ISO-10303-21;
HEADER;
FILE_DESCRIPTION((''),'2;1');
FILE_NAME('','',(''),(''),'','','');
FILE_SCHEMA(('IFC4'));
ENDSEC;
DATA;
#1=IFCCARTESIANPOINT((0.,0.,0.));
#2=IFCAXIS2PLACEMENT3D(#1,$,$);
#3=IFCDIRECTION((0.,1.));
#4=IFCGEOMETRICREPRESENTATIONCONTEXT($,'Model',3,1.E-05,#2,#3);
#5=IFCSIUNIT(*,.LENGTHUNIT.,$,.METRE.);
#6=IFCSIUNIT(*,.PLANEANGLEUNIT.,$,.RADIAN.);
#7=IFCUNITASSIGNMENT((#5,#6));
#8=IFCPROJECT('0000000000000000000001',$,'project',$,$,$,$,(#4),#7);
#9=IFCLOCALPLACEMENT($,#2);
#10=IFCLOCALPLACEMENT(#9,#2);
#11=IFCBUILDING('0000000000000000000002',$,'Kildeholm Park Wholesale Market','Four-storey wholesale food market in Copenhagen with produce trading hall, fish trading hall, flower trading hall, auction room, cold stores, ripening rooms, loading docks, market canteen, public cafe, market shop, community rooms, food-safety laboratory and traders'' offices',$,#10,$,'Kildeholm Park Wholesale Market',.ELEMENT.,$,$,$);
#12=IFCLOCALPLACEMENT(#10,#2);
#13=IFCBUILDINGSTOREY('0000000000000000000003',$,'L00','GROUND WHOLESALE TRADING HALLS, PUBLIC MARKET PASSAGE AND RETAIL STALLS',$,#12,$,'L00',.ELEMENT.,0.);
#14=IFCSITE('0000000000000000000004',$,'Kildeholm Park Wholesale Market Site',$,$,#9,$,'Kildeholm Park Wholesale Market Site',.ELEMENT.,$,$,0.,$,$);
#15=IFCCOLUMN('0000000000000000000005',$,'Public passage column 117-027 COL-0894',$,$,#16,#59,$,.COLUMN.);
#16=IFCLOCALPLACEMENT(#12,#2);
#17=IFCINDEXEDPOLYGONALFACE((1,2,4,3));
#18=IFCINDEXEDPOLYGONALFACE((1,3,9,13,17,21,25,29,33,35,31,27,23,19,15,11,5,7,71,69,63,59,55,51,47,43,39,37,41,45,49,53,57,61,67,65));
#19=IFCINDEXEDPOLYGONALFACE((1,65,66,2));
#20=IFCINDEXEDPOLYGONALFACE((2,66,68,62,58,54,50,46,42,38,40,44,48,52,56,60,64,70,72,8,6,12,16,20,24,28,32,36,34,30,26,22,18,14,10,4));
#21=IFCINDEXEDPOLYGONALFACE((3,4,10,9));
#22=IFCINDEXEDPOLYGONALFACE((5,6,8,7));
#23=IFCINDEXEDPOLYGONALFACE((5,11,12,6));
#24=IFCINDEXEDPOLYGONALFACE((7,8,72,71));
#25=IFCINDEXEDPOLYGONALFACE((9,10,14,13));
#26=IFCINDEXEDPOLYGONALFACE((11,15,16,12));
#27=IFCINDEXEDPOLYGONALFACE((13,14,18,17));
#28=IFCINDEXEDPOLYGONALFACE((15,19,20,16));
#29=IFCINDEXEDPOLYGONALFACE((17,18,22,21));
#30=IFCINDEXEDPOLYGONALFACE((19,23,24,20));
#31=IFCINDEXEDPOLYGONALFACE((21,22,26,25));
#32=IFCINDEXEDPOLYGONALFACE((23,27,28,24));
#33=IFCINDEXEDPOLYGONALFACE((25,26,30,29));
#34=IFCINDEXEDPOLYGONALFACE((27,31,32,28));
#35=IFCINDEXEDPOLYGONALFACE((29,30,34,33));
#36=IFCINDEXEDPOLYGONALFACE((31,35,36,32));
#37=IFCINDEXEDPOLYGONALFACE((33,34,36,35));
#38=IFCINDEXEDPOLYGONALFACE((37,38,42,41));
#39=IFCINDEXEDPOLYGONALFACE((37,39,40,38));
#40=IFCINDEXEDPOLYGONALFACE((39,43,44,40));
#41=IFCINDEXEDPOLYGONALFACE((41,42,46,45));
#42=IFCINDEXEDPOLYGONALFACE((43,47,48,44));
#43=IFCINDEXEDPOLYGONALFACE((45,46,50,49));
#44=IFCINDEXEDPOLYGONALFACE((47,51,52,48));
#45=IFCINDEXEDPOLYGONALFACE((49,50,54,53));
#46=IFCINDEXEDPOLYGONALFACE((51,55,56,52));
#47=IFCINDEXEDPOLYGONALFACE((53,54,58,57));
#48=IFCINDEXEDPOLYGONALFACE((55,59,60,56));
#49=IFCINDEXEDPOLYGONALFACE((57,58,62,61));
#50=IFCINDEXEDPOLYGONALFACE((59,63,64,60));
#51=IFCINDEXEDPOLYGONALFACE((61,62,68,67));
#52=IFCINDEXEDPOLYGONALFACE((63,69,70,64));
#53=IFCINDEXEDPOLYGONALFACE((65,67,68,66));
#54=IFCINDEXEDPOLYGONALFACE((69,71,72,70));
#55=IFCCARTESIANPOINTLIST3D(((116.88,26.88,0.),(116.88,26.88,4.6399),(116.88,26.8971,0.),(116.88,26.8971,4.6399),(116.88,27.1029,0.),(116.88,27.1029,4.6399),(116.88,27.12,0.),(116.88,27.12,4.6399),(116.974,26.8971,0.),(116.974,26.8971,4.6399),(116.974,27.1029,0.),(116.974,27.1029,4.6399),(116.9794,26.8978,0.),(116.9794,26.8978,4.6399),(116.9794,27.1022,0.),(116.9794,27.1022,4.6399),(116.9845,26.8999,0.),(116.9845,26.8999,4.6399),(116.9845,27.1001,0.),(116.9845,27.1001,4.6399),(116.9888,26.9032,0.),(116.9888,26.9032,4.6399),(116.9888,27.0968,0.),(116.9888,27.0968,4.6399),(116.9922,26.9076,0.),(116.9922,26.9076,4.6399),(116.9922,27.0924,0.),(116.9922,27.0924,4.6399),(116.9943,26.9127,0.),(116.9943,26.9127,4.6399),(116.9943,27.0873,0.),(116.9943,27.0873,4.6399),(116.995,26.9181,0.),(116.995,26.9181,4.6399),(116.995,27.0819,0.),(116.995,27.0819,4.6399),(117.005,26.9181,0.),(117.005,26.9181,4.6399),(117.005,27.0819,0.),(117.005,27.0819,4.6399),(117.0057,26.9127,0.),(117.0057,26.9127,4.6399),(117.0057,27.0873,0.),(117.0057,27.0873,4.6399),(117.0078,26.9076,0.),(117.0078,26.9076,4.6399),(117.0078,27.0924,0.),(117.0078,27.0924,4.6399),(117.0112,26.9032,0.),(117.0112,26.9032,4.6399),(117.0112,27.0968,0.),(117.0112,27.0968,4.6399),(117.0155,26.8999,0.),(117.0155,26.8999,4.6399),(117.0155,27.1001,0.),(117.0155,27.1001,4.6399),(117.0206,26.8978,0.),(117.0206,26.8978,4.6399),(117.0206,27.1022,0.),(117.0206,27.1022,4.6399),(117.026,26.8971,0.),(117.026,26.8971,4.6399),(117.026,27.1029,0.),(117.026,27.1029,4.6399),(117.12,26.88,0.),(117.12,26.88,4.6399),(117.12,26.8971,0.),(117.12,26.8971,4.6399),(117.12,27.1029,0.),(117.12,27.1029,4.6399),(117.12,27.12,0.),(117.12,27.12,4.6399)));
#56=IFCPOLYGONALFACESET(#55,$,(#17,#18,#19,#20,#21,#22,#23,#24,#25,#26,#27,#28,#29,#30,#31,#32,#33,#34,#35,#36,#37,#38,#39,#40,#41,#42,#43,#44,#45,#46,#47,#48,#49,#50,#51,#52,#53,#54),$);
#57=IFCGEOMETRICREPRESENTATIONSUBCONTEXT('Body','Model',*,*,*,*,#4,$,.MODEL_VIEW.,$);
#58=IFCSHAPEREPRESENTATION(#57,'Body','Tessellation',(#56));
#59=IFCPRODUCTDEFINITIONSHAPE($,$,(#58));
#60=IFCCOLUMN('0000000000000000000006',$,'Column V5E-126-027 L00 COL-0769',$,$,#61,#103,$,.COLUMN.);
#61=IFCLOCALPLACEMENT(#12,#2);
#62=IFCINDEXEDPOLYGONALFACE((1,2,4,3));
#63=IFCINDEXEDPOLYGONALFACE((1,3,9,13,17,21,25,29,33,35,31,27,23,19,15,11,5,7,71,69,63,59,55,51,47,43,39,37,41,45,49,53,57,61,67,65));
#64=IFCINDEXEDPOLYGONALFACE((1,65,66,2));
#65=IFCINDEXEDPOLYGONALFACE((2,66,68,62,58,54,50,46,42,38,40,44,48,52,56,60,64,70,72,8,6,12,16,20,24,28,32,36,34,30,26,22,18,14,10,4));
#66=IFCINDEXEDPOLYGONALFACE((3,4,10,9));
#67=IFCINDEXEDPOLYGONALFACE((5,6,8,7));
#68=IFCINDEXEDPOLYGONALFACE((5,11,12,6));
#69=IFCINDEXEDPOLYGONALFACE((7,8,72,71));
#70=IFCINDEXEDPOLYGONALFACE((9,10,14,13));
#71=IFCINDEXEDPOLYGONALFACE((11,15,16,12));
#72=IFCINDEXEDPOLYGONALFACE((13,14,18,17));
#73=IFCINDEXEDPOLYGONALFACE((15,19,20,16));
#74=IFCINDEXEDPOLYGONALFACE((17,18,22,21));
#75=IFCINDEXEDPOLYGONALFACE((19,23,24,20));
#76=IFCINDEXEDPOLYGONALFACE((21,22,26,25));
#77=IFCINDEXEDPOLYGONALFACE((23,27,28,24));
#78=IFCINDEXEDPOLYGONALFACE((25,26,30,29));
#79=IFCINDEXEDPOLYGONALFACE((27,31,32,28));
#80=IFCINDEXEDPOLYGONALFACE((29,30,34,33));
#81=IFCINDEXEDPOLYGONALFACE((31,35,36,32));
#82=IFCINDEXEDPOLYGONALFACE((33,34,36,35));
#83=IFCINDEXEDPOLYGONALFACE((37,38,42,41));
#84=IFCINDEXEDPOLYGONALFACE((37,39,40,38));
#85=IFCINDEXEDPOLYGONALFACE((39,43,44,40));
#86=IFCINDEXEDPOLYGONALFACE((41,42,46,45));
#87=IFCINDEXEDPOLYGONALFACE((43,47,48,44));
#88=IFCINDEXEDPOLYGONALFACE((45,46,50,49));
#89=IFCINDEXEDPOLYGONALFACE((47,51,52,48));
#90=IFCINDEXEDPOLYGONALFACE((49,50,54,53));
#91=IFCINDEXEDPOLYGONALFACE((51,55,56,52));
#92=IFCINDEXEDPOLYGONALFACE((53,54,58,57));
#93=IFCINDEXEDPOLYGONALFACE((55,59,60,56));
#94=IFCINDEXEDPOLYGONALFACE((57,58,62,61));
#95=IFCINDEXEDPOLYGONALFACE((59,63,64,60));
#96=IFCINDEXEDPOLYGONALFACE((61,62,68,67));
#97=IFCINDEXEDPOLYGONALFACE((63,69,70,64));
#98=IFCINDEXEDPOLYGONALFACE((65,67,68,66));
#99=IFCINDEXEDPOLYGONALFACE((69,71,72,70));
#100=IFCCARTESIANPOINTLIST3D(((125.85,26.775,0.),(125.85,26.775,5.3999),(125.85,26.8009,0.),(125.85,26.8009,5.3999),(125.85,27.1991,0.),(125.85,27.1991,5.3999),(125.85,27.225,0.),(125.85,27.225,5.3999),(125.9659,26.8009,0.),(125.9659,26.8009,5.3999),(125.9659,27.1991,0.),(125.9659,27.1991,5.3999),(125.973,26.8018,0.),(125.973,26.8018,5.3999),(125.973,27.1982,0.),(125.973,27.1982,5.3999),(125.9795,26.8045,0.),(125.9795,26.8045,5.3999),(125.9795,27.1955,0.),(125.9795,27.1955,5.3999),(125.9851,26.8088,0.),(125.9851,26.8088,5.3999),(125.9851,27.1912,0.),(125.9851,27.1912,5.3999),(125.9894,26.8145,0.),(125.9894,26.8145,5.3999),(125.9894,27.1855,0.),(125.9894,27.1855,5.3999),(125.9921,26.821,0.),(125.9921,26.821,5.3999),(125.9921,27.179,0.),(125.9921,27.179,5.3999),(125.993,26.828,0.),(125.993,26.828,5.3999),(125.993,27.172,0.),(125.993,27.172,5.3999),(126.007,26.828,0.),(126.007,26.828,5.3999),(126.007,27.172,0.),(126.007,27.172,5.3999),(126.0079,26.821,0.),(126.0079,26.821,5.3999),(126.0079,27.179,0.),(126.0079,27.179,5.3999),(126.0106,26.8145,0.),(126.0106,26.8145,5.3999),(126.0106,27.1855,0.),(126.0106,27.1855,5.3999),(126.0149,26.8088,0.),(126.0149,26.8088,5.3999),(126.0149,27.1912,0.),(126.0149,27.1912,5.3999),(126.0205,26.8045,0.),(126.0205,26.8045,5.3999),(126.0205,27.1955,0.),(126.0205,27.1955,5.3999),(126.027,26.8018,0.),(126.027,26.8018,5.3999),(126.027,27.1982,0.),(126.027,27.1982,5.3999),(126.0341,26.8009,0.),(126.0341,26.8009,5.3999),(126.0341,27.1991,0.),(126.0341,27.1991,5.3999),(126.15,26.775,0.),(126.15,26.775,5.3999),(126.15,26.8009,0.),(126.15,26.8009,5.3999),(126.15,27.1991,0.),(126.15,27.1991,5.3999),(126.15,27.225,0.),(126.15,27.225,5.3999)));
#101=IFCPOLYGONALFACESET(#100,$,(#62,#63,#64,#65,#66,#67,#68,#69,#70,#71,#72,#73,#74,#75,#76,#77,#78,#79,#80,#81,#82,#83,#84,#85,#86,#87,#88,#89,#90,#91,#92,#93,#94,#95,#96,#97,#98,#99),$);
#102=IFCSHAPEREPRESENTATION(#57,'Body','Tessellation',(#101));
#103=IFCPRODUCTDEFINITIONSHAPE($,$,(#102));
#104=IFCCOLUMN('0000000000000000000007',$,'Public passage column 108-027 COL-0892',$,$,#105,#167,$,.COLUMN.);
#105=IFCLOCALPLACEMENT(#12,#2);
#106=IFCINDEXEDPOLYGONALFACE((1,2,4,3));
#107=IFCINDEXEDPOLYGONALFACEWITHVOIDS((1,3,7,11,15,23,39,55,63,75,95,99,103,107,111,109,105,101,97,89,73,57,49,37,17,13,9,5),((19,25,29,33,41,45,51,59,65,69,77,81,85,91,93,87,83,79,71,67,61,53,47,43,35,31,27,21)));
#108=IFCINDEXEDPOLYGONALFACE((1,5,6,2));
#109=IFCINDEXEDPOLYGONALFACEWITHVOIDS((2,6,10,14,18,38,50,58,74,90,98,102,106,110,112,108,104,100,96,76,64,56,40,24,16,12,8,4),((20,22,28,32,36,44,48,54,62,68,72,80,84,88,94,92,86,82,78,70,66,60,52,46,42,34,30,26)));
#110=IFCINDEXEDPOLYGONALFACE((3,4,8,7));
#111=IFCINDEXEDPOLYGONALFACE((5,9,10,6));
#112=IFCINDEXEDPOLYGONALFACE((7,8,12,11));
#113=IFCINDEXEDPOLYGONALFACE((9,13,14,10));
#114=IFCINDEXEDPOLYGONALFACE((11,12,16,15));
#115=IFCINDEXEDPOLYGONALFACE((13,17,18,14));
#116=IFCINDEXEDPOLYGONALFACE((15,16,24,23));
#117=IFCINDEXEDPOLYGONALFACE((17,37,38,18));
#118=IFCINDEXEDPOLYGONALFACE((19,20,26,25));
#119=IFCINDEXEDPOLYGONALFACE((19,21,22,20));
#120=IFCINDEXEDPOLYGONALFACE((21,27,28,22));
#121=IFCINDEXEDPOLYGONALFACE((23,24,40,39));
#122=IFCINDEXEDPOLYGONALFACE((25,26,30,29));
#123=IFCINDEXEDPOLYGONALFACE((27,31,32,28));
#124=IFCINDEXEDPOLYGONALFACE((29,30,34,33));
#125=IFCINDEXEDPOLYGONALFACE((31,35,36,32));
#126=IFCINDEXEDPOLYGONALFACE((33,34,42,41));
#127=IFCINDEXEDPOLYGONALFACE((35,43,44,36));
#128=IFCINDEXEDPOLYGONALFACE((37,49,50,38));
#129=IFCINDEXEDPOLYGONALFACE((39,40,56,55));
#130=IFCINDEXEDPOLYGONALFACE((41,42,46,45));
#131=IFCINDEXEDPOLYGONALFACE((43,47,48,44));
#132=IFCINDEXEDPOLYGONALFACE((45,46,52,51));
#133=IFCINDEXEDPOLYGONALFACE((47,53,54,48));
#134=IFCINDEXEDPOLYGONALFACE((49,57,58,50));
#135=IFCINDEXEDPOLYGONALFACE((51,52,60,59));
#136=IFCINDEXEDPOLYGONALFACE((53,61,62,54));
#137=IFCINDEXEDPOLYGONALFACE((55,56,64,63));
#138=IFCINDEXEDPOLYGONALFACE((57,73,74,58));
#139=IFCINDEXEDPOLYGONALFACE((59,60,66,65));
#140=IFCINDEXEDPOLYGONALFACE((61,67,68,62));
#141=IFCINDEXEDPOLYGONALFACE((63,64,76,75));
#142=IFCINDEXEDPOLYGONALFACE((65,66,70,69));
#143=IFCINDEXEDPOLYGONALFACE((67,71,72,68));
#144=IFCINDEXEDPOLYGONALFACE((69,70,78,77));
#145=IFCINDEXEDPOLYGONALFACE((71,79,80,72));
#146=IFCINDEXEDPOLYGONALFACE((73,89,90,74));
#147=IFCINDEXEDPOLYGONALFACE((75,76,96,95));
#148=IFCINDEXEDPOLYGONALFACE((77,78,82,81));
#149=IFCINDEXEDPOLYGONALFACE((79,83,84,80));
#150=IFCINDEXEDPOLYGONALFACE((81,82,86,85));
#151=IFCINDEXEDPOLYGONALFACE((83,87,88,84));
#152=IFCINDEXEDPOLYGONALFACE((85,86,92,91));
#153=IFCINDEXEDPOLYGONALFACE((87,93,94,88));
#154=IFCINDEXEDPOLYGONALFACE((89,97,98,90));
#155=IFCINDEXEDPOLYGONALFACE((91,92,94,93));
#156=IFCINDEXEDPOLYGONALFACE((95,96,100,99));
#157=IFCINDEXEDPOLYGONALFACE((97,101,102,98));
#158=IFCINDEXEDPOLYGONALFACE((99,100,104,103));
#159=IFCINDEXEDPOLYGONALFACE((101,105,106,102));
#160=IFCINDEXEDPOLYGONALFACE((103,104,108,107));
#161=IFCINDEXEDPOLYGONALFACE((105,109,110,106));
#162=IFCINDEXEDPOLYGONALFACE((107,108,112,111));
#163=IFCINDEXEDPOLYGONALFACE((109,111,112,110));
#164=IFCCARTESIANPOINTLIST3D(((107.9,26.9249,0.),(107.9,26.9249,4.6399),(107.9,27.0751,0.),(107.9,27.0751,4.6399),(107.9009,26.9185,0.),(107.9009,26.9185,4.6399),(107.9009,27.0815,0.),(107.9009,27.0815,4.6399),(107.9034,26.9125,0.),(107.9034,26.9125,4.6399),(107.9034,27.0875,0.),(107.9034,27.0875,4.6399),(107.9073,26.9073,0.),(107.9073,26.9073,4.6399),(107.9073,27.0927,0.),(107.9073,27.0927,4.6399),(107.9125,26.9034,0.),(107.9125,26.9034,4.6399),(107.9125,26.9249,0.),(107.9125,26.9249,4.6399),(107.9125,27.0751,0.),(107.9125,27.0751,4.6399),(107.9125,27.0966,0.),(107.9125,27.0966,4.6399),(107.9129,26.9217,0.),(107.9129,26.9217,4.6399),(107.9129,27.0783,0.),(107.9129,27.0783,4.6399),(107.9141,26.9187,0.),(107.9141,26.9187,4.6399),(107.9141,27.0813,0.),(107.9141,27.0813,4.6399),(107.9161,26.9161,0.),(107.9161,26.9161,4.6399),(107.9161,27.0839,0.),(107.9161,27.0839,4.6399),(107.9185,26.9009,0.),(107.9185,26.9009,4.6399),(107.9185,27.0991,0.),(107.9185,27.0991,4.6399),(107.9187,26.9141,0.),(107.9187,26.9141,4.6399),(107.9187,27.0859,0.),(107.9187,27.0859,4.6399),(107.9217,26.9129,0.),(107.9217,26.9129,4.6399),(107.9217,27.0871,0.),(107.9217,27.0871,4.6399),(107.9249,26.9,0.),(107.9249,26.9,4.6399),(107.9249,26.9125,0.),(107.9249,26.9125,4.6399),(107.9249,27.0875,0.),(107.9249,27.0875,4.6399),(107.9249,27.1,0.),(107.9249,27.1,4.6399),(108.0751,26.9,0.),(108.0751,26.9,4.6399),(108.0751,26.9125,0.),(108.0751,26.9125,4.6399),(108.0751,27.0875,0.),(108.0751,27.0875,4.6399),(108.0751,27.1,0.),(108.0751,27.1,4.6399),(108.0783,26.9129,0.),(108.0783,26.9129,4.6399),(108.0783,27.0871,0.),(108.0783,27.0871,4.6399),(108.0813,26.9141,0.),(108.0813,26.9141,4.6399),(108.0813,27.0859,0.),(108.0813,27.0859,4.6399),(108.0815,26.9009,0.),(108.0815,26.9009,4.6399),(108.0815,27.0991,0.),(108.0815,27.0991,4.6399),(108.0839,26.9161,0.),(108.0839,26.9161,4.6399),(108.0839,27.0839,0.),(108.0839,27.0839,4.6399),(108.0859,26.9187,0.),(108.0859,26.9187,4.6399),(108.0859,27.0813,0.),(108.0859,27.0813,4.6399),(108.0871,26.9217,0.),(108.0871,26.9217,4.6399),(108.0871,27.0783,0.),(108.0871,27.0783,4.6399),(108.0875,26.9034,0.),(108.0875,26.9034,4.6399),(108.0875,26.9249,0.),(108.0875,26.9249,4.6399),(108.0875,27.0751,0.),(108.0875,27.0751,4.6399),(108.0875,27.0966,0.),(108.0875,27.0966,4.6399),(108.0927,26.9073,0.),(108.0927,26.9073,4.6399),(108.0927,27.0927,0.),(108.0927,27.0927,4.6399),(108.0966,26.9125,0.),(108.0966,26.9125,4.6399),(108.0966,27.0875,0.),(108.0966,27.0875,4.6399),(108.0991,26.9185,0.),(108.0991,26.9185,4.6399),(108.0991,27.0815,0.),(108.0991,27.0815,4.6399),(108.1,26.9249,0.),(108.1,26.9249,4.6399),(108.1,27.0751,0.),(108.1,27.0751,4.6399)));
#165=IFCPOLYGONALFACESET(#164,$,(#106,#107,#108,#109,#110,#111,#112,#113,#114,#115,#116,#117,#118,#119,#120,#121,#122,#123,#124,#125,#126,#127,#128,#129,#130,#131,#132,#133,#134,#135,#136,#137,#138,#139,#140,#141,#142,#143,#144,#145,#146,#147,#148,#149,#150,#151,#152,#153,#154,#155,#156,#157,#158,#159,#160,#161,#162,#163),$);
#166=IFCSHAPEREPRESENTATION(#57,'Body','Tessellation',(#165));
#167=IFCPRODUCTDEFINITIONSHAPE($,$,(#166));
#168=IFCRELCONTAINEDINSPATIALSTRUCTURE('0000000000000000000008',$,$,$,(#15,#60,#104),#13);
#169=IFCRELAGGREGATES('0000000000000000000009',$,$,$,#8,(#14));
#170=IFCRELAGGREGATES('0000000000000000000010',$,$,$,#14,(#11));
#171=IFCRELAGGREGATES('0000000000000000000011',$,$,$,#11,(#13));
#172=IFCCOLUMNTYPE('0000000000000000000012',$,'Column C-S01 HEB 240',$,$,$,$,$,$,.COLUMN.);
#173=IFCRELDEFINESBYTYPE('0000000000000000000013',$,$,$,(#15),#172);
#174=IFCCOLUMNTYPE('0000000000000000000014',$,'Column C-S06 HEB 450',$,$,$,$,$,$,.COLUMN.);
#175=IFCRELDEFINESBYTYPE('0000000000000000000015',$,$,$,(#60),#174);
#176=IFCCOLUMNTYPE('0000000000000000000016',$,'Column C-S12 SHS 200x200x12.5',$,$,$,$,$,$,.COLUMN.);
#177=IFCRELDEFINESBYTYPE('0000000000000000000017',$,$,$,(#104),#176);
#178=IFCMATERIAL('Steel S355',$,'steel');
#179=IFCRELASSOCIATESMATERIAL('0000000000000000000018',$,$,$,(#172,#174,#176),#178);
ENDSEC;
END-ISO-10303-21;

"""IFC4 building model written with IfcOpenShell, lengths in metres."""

from ifc_helpers import new_model, si_unit, direction, frame, origin, origin_2d, place, context, subcontext, project, spatial, hollow_rectangle, i_section, extrude, material, material_profile, profile_set, type_object, element, save


model = new_model("IFC4")

# Units and contexts
model_context = context("Model", 3, precision=1e-05, world=origin(), true_north=direction((0.0, 1.0)))
body_context = subcontext(model_context, "Body", "Model", "MODEL_VIEW")
ifc_project = project(units=[si_unit("LENGTHUNIT", "METRE"), si_unit("PLANEANGLEUNIT", "RADIAN")], contexts=[model_context])

# Site, building, storey
site_placement = place(None, origin())
site = spatial("IfcSite", under=ifc_project, at=site_placement, Name="Kildeholm Park Wholesale Market Site", LongName="Kildeholm Park Wholesale Market Site", CompositionType="ELEMENT", RefElevation=0.0)
building_placement = place(site_placement, origin())
building = spatial("IfcBuilding", under=site, at=building_placement, Name="Kildeholm Park Wholesale Market", Description="Four-storey wholesale food market in Copenhagen with produce trading hall, fish trading hall, flower trading hall, auction room, cold stores, ripening rooms, loading docks, market canteen, public cafe, market shop, community rooms, food-safety laboratory and traders' offices", LongName="Kildeholm Park Wholesale Market", CompositionType="ELEMENT")
storey_placement = place(building_placement, origin())
storey = spatial("IfcBuildingStorey", under=building, at=storey_placement, Name="L00", Description="GROUND WHOLESALE TRADING HALLS, PUBLIC MARKET PASSAGE AND RETAIL STALLS", LongName="L00", CompositionType="ELEMENT", Elevation=0.0)

# Columns
ifc_material_1 = material(Name="Steel S355", Category="steel")
ifc_material_profile_1 = material_profile(ifc_material_1, i_section(OverallWidth=0.24, OverallDepth=0.24, WebThickness=0.01, FlangeThickness=0.0171, FilletRadius=0.021, at=origin_2d()), Name="HEB 240")
ifc_profile_set_1 = profile_set([ifc_material_profile_1], Name="Steel S355")
column_type_1 = type_object("IfcColumnType", Name="Column C-S01 HEB 240", PredefinedType="COLUMN", material=ifc_profile_set_1)
column_1_placement = place(storey_placement, frame((117.0, 27.0, 0.0), z_axis=(0.0, 0.0, 1.0), x_axis=(1.0, 0.0, 0.0)))
element("IfcColumn", 1, at=column_1_placement, inside=storey, type_object=column_type_1, Name="Public passage column 117-027 COL-0894", PredefinedType="COLUMN", context=body_context, shape_type="SweptSolid", body=[
    extrude(i_section(OverallWidth=0.24, OverallDepth=0.24, WebThickness=0.01, FlangeThickness=0.0171, FilletRadius=0.021, at=origin_2d()), origin(), (0.0, 0.0, 1.0), 4.6399),
])
ifc_material_profile_2 = material_profile(ifc_material_1, i_section(OverallWidth=0.3, OverallDepth=0.45, WebThickness=0.0139, FlangeThickness=0.0259, FilletRadius=0.0271, at=origin_2d()), Name="HEB 450")
ifc_profile_set_2 = profile_set([ifc_material_profile_2], Name="Steel S355")
column_type_2 = type_object("IfcColumnType", Name="Column C-S06 HEB 450", PredefinedType="COLUMN", material=ifc_profile_set_2)
column_2_placement = place(storey_placement, frame((126.0, 27.0, 0.0), z_axis=(0.0, 0.0, 1.0), x_axis=(1.0, 0.0, 0.0)))
element("IfcColumn", 2, at=column_2_placement, inside=storey, type_object=column_type_2, Name="Column V5E-126-027 L00 COL-0769", PredefinedType="COLUMN", context=body_context, shape_type="SweptSolid", body=[
    extrude(i_section(OverallWidth=0.3, OverallDepth=0.45, WebThickness=0.0139, FlangeThickness=0.0259, FilletRadius=0.0271, at=origin_2d()), origin(), (0.0, 0.0, 1.0), 5.3999),
])
ifc_material_profile_3 = material_profile(ifc_material_1, hollow_rectangle(XDim=0.2, YDim=0.2, WallThickness=0.0125, InnerFilletRadius=0.0125, OuterFilletRadius=0.0249, at=origin_2d()), Name="SHS 200x200x12.5")
ifc_profile_set_3 = profile_set([ifc_material_profile_3], Name="Steel S355")
column_type_3 = type_object("IfcColumnType", Name="Column C-S12 SHS 200x200x12.5", PredefinedType="COLUMN", material=ifc_profile_set_3)
column_3_placement = place(storey_placement, frame((108.0, 27.0, 0.0), z_axis=(0.0, 0.0, 1.0), x_axis=(1.0, 0.0, 0.0)))
element("IfcColumn", 3, at=column_3_placement, inside=storey, type_object=column_type_3, Name="Public passage column 108-027 COL-0892", PredefinedType="COLUMN", context=body_context, shape_type="SweptSolid", body=[
    extrude(hollow_rectangle(XDim=0.2, YDim=0.2, WallThickness=0.0125, InnerFilletRadius=0.0125, OuterFilletRadius=0.0249, at=origin_2d()), origin(), (0.0, 0.0, 1.0), 4.6399),
])

save(model, "model.ifc")
